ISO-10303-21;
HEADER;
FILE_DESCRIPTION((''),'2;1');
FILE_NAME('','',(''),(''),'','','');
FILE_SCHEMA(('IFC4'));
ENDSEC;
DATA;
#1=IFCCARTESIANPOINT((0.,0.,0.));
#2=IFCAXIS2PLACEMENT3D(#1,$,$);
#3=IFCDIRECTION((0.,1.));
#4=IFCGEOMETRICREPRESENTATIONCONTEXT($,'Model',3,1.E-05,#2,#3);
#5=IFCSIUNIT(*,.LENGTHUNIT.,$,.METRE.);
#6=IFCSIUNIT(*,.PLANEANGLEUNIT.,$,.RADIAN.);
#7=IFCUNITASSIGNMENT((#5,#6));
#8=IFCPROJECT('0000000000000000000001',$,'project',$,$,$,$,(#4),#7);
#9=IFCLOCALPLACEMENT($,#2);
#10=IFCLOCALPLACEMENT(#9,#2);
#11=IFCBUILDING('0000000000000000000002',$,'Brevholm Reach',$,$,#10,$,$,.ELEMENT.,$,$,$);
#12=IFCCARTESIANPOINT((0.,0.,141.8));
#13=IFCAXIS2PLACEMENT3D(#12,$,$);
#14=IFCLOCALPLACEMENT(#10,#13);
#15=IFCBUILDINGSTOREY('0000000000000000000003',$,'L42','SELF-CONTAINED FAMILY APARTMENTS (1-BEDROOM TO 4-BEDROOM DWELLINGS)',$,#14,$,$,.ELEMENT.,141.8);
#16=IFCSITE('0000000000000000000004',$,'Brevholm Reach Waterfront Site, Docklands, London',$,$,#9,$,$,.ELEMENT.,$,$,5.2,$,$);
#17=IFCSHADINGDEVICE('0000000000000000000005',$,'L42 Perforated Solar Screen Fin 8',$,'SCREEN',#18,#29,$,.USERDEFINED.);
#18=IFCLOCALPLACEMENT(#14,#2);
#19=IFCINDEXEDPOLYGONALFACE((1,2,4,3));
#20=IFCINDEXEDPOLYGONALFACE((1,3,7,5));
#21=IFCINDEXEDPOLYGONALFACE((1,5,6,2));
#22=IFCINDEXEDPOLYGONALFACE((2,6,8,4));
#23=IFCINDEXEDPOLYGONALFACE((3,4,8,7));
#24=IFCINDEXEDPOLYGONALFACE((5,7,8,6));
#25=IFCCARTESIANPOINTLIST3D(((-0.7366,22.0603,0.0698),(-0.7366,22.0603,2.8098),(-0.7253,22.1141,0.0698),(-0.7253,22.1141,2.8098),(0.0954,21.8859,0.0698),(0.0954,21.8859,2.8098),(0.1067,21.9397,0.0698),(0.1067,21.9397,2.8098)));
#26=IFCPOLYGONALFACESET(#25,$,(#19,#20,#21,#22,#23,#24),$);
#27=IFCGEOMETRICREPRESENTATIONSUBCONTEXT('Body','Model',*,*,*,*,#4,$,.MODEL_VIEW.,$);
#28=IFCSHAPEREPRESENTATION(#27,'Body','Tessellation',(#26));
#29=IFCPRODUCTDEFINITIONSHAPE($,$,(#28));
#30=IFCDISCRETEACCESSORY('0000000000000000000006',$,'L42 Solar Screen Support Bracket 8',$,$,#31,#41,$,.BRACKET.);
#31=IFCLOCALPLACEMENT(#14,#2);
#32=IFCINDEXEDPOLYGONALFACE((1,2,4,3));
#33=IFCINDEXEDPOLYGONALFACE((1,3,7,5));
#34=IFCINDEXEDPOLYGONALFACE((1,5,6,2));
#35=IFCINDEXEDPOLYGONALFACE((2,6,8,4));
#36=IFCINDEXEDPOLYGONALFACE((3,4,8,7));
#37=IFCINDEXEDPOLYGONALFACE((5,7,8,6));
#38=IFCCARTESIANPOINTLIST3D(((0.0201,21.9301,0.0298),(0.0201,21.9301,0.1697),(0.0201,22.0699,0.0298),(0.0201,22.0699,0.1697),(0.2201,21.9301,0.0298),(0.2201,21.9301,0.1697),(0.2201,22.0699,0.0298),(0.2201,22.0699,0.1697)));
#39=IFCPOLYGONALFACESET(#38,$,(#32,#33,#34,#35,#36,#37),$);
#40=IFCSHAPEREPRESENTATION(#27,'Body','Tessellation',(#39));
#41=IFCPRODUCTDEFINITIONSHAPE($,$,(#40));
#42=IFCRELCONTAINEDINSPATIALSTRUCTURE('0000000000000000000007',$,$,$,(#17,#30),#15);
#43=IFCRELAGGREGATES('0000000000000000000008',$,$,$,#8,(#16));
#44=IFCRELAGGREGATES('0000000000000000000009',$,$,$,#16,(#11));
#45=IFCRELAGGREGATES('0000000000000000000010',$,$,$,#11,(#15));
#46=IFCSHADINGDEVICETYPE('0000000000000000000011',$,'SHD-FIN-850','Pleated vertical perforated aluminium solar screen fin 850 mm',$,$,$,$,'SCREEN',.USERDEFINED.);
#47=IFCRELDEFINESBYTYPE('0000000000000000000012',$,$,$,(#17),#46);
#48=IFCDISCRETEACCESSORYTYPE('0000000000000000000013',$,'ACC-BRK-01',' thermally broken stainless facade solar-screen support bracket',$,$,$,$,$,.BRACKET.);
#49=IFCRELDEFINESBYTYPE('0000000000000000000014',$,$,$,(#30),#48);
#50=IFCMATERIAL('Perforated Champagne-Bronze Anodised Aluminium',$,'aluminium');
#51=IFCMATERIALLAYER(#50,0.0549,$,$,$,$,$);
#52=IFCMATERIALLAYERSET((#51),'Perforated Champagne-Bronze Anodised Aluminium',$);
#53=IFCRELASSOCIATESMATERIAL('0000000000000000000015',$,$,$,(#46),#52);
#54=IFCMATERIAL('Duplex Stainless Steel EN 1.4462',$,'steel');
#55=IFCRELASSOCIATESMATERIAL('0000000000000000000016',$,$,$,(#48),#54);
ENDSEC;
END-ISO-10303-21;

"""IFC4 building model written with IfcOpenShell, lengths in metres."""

from ifc_helpers import new_model, si_unit, direction, frame, origin, origin_2d, place, context, subcontext, project, spatial, rectangle, extrude, material, layer, layer_set, type_object, element, save


model = new_model("IFC4")

# Units and contexts
model_context = context("Model", 3, precision=1e-05, world=origin(), true_north=direction((0.0, 1.0)))
body_context = subcontext(model_context, "Body", "Model", "MODEL_VIEW")
ifc_project = project(units=[si_unit("LENGTHUNIT", "METRE"), si_unit("PLANEANGLEUNIT", "RADIAN")], contexts=[model_context])

# Site, building, storey
site_placement = place(None, origin())
site = spatial("IfcSite", under=ifc_project, at=site_placement, Name="Brevholm Reach Waterfront Site, Docklands, London", CompositionType="ELEMENT", RefElevation=5.2)
building_placement = place(site_placement, origin())
building = spatial("IfcBuilding", under=site, at=building_placement, Name="Brevholm Reach", CompositionType="ELEMENT")
storey_placement = place(building_placement, frame((0.0, 0.0, 141.8)))
storey = spatial("IfcBuildingStorey", under=building, at=storey_placement, Name="L42", Description="SELF-CONTAINED FAMILY APARTMENTS (1-BEDROOM TO 4-BEDROOM DWELLINGS)", CompositionType="ELEMENT", Elevation=141.8)

# Shading device
ifc_material_1 = material(Name="Perforated Champagne-Bronze Anodised Aluminium", Category="aluminium")
ifc_layer_1 = layer(ifc_material_1, 0.0549)
ifc_layer_set_1 = layer_set([ifc_layer_1], Name="Perforated Champagne-Bronze Anodised Aluminium")
shading_device_type = type_object("IfcShadingDeviceType", Name="SHD-FIN-850", Description="Pleated vertical perforated aluminium solar screen fin 850 mm", ElementType="SCREEN", PredefinedType="USERDEFINED", material=ifc_layer_set_1)
shading_device_placement = place(storey_placement, frame((-0.3149, 22.0, 0.0698), z_axis=(0.0, 0.0, 1.0), x_axis=(-0.978724, 0.205179, 0.0)))
element("IfcShadingDevice", 1, at=shading_device_placement, inside=storey, type_object=shading_device_type, Name="L42 Perforated Solar Screen Fin 8", ObjectType="SCREEN", PredefinedType="USERDEFINED", context=body_context, shape_type="SweptSolid", body=[
    extrude(rectangle(XDim=0.8501, YDim=0.0549, at=origin_2d()), origin(), (0.0, 0.0, 1.0), 2.74),
])

# Discrete accessory
ifc_material_2 = material(Name="Duplex Stainless Steel EN 1.4462", Category="steel")
discrete_accessory_type = type_object("IfcDiscreteAccessoryType", Name="ACC-BRK-01", Description=" thermally broken stainless facade solar-screen support bracket", PredefinedType="BRACKET", material=ifc_material_2)
discrete_accessory_placement = place(storey_placement, frame((0.1201, 22.0, 0.0298), z_axis=(0.0, 0.0, 1.0), x_axis=(-1.0, 0.0, 0.0)))
element("IfcDiscreteAccessory", 2, at=discrete_accessory_placement, inside=storey, type_object=discrete_accessory_type, Name="L42 Solar Screen Support Bracket 8", PredefinedType="BRACKET", context=body_context, shape_type="SweptSolid", body=[
    extrude(rectangle(XDim=0.2, YDim=0.1399, at=origin_2d()), origin(), (0.0, 0.0, 1.0), 0.1399),
])

save(model, "model.ifc")
